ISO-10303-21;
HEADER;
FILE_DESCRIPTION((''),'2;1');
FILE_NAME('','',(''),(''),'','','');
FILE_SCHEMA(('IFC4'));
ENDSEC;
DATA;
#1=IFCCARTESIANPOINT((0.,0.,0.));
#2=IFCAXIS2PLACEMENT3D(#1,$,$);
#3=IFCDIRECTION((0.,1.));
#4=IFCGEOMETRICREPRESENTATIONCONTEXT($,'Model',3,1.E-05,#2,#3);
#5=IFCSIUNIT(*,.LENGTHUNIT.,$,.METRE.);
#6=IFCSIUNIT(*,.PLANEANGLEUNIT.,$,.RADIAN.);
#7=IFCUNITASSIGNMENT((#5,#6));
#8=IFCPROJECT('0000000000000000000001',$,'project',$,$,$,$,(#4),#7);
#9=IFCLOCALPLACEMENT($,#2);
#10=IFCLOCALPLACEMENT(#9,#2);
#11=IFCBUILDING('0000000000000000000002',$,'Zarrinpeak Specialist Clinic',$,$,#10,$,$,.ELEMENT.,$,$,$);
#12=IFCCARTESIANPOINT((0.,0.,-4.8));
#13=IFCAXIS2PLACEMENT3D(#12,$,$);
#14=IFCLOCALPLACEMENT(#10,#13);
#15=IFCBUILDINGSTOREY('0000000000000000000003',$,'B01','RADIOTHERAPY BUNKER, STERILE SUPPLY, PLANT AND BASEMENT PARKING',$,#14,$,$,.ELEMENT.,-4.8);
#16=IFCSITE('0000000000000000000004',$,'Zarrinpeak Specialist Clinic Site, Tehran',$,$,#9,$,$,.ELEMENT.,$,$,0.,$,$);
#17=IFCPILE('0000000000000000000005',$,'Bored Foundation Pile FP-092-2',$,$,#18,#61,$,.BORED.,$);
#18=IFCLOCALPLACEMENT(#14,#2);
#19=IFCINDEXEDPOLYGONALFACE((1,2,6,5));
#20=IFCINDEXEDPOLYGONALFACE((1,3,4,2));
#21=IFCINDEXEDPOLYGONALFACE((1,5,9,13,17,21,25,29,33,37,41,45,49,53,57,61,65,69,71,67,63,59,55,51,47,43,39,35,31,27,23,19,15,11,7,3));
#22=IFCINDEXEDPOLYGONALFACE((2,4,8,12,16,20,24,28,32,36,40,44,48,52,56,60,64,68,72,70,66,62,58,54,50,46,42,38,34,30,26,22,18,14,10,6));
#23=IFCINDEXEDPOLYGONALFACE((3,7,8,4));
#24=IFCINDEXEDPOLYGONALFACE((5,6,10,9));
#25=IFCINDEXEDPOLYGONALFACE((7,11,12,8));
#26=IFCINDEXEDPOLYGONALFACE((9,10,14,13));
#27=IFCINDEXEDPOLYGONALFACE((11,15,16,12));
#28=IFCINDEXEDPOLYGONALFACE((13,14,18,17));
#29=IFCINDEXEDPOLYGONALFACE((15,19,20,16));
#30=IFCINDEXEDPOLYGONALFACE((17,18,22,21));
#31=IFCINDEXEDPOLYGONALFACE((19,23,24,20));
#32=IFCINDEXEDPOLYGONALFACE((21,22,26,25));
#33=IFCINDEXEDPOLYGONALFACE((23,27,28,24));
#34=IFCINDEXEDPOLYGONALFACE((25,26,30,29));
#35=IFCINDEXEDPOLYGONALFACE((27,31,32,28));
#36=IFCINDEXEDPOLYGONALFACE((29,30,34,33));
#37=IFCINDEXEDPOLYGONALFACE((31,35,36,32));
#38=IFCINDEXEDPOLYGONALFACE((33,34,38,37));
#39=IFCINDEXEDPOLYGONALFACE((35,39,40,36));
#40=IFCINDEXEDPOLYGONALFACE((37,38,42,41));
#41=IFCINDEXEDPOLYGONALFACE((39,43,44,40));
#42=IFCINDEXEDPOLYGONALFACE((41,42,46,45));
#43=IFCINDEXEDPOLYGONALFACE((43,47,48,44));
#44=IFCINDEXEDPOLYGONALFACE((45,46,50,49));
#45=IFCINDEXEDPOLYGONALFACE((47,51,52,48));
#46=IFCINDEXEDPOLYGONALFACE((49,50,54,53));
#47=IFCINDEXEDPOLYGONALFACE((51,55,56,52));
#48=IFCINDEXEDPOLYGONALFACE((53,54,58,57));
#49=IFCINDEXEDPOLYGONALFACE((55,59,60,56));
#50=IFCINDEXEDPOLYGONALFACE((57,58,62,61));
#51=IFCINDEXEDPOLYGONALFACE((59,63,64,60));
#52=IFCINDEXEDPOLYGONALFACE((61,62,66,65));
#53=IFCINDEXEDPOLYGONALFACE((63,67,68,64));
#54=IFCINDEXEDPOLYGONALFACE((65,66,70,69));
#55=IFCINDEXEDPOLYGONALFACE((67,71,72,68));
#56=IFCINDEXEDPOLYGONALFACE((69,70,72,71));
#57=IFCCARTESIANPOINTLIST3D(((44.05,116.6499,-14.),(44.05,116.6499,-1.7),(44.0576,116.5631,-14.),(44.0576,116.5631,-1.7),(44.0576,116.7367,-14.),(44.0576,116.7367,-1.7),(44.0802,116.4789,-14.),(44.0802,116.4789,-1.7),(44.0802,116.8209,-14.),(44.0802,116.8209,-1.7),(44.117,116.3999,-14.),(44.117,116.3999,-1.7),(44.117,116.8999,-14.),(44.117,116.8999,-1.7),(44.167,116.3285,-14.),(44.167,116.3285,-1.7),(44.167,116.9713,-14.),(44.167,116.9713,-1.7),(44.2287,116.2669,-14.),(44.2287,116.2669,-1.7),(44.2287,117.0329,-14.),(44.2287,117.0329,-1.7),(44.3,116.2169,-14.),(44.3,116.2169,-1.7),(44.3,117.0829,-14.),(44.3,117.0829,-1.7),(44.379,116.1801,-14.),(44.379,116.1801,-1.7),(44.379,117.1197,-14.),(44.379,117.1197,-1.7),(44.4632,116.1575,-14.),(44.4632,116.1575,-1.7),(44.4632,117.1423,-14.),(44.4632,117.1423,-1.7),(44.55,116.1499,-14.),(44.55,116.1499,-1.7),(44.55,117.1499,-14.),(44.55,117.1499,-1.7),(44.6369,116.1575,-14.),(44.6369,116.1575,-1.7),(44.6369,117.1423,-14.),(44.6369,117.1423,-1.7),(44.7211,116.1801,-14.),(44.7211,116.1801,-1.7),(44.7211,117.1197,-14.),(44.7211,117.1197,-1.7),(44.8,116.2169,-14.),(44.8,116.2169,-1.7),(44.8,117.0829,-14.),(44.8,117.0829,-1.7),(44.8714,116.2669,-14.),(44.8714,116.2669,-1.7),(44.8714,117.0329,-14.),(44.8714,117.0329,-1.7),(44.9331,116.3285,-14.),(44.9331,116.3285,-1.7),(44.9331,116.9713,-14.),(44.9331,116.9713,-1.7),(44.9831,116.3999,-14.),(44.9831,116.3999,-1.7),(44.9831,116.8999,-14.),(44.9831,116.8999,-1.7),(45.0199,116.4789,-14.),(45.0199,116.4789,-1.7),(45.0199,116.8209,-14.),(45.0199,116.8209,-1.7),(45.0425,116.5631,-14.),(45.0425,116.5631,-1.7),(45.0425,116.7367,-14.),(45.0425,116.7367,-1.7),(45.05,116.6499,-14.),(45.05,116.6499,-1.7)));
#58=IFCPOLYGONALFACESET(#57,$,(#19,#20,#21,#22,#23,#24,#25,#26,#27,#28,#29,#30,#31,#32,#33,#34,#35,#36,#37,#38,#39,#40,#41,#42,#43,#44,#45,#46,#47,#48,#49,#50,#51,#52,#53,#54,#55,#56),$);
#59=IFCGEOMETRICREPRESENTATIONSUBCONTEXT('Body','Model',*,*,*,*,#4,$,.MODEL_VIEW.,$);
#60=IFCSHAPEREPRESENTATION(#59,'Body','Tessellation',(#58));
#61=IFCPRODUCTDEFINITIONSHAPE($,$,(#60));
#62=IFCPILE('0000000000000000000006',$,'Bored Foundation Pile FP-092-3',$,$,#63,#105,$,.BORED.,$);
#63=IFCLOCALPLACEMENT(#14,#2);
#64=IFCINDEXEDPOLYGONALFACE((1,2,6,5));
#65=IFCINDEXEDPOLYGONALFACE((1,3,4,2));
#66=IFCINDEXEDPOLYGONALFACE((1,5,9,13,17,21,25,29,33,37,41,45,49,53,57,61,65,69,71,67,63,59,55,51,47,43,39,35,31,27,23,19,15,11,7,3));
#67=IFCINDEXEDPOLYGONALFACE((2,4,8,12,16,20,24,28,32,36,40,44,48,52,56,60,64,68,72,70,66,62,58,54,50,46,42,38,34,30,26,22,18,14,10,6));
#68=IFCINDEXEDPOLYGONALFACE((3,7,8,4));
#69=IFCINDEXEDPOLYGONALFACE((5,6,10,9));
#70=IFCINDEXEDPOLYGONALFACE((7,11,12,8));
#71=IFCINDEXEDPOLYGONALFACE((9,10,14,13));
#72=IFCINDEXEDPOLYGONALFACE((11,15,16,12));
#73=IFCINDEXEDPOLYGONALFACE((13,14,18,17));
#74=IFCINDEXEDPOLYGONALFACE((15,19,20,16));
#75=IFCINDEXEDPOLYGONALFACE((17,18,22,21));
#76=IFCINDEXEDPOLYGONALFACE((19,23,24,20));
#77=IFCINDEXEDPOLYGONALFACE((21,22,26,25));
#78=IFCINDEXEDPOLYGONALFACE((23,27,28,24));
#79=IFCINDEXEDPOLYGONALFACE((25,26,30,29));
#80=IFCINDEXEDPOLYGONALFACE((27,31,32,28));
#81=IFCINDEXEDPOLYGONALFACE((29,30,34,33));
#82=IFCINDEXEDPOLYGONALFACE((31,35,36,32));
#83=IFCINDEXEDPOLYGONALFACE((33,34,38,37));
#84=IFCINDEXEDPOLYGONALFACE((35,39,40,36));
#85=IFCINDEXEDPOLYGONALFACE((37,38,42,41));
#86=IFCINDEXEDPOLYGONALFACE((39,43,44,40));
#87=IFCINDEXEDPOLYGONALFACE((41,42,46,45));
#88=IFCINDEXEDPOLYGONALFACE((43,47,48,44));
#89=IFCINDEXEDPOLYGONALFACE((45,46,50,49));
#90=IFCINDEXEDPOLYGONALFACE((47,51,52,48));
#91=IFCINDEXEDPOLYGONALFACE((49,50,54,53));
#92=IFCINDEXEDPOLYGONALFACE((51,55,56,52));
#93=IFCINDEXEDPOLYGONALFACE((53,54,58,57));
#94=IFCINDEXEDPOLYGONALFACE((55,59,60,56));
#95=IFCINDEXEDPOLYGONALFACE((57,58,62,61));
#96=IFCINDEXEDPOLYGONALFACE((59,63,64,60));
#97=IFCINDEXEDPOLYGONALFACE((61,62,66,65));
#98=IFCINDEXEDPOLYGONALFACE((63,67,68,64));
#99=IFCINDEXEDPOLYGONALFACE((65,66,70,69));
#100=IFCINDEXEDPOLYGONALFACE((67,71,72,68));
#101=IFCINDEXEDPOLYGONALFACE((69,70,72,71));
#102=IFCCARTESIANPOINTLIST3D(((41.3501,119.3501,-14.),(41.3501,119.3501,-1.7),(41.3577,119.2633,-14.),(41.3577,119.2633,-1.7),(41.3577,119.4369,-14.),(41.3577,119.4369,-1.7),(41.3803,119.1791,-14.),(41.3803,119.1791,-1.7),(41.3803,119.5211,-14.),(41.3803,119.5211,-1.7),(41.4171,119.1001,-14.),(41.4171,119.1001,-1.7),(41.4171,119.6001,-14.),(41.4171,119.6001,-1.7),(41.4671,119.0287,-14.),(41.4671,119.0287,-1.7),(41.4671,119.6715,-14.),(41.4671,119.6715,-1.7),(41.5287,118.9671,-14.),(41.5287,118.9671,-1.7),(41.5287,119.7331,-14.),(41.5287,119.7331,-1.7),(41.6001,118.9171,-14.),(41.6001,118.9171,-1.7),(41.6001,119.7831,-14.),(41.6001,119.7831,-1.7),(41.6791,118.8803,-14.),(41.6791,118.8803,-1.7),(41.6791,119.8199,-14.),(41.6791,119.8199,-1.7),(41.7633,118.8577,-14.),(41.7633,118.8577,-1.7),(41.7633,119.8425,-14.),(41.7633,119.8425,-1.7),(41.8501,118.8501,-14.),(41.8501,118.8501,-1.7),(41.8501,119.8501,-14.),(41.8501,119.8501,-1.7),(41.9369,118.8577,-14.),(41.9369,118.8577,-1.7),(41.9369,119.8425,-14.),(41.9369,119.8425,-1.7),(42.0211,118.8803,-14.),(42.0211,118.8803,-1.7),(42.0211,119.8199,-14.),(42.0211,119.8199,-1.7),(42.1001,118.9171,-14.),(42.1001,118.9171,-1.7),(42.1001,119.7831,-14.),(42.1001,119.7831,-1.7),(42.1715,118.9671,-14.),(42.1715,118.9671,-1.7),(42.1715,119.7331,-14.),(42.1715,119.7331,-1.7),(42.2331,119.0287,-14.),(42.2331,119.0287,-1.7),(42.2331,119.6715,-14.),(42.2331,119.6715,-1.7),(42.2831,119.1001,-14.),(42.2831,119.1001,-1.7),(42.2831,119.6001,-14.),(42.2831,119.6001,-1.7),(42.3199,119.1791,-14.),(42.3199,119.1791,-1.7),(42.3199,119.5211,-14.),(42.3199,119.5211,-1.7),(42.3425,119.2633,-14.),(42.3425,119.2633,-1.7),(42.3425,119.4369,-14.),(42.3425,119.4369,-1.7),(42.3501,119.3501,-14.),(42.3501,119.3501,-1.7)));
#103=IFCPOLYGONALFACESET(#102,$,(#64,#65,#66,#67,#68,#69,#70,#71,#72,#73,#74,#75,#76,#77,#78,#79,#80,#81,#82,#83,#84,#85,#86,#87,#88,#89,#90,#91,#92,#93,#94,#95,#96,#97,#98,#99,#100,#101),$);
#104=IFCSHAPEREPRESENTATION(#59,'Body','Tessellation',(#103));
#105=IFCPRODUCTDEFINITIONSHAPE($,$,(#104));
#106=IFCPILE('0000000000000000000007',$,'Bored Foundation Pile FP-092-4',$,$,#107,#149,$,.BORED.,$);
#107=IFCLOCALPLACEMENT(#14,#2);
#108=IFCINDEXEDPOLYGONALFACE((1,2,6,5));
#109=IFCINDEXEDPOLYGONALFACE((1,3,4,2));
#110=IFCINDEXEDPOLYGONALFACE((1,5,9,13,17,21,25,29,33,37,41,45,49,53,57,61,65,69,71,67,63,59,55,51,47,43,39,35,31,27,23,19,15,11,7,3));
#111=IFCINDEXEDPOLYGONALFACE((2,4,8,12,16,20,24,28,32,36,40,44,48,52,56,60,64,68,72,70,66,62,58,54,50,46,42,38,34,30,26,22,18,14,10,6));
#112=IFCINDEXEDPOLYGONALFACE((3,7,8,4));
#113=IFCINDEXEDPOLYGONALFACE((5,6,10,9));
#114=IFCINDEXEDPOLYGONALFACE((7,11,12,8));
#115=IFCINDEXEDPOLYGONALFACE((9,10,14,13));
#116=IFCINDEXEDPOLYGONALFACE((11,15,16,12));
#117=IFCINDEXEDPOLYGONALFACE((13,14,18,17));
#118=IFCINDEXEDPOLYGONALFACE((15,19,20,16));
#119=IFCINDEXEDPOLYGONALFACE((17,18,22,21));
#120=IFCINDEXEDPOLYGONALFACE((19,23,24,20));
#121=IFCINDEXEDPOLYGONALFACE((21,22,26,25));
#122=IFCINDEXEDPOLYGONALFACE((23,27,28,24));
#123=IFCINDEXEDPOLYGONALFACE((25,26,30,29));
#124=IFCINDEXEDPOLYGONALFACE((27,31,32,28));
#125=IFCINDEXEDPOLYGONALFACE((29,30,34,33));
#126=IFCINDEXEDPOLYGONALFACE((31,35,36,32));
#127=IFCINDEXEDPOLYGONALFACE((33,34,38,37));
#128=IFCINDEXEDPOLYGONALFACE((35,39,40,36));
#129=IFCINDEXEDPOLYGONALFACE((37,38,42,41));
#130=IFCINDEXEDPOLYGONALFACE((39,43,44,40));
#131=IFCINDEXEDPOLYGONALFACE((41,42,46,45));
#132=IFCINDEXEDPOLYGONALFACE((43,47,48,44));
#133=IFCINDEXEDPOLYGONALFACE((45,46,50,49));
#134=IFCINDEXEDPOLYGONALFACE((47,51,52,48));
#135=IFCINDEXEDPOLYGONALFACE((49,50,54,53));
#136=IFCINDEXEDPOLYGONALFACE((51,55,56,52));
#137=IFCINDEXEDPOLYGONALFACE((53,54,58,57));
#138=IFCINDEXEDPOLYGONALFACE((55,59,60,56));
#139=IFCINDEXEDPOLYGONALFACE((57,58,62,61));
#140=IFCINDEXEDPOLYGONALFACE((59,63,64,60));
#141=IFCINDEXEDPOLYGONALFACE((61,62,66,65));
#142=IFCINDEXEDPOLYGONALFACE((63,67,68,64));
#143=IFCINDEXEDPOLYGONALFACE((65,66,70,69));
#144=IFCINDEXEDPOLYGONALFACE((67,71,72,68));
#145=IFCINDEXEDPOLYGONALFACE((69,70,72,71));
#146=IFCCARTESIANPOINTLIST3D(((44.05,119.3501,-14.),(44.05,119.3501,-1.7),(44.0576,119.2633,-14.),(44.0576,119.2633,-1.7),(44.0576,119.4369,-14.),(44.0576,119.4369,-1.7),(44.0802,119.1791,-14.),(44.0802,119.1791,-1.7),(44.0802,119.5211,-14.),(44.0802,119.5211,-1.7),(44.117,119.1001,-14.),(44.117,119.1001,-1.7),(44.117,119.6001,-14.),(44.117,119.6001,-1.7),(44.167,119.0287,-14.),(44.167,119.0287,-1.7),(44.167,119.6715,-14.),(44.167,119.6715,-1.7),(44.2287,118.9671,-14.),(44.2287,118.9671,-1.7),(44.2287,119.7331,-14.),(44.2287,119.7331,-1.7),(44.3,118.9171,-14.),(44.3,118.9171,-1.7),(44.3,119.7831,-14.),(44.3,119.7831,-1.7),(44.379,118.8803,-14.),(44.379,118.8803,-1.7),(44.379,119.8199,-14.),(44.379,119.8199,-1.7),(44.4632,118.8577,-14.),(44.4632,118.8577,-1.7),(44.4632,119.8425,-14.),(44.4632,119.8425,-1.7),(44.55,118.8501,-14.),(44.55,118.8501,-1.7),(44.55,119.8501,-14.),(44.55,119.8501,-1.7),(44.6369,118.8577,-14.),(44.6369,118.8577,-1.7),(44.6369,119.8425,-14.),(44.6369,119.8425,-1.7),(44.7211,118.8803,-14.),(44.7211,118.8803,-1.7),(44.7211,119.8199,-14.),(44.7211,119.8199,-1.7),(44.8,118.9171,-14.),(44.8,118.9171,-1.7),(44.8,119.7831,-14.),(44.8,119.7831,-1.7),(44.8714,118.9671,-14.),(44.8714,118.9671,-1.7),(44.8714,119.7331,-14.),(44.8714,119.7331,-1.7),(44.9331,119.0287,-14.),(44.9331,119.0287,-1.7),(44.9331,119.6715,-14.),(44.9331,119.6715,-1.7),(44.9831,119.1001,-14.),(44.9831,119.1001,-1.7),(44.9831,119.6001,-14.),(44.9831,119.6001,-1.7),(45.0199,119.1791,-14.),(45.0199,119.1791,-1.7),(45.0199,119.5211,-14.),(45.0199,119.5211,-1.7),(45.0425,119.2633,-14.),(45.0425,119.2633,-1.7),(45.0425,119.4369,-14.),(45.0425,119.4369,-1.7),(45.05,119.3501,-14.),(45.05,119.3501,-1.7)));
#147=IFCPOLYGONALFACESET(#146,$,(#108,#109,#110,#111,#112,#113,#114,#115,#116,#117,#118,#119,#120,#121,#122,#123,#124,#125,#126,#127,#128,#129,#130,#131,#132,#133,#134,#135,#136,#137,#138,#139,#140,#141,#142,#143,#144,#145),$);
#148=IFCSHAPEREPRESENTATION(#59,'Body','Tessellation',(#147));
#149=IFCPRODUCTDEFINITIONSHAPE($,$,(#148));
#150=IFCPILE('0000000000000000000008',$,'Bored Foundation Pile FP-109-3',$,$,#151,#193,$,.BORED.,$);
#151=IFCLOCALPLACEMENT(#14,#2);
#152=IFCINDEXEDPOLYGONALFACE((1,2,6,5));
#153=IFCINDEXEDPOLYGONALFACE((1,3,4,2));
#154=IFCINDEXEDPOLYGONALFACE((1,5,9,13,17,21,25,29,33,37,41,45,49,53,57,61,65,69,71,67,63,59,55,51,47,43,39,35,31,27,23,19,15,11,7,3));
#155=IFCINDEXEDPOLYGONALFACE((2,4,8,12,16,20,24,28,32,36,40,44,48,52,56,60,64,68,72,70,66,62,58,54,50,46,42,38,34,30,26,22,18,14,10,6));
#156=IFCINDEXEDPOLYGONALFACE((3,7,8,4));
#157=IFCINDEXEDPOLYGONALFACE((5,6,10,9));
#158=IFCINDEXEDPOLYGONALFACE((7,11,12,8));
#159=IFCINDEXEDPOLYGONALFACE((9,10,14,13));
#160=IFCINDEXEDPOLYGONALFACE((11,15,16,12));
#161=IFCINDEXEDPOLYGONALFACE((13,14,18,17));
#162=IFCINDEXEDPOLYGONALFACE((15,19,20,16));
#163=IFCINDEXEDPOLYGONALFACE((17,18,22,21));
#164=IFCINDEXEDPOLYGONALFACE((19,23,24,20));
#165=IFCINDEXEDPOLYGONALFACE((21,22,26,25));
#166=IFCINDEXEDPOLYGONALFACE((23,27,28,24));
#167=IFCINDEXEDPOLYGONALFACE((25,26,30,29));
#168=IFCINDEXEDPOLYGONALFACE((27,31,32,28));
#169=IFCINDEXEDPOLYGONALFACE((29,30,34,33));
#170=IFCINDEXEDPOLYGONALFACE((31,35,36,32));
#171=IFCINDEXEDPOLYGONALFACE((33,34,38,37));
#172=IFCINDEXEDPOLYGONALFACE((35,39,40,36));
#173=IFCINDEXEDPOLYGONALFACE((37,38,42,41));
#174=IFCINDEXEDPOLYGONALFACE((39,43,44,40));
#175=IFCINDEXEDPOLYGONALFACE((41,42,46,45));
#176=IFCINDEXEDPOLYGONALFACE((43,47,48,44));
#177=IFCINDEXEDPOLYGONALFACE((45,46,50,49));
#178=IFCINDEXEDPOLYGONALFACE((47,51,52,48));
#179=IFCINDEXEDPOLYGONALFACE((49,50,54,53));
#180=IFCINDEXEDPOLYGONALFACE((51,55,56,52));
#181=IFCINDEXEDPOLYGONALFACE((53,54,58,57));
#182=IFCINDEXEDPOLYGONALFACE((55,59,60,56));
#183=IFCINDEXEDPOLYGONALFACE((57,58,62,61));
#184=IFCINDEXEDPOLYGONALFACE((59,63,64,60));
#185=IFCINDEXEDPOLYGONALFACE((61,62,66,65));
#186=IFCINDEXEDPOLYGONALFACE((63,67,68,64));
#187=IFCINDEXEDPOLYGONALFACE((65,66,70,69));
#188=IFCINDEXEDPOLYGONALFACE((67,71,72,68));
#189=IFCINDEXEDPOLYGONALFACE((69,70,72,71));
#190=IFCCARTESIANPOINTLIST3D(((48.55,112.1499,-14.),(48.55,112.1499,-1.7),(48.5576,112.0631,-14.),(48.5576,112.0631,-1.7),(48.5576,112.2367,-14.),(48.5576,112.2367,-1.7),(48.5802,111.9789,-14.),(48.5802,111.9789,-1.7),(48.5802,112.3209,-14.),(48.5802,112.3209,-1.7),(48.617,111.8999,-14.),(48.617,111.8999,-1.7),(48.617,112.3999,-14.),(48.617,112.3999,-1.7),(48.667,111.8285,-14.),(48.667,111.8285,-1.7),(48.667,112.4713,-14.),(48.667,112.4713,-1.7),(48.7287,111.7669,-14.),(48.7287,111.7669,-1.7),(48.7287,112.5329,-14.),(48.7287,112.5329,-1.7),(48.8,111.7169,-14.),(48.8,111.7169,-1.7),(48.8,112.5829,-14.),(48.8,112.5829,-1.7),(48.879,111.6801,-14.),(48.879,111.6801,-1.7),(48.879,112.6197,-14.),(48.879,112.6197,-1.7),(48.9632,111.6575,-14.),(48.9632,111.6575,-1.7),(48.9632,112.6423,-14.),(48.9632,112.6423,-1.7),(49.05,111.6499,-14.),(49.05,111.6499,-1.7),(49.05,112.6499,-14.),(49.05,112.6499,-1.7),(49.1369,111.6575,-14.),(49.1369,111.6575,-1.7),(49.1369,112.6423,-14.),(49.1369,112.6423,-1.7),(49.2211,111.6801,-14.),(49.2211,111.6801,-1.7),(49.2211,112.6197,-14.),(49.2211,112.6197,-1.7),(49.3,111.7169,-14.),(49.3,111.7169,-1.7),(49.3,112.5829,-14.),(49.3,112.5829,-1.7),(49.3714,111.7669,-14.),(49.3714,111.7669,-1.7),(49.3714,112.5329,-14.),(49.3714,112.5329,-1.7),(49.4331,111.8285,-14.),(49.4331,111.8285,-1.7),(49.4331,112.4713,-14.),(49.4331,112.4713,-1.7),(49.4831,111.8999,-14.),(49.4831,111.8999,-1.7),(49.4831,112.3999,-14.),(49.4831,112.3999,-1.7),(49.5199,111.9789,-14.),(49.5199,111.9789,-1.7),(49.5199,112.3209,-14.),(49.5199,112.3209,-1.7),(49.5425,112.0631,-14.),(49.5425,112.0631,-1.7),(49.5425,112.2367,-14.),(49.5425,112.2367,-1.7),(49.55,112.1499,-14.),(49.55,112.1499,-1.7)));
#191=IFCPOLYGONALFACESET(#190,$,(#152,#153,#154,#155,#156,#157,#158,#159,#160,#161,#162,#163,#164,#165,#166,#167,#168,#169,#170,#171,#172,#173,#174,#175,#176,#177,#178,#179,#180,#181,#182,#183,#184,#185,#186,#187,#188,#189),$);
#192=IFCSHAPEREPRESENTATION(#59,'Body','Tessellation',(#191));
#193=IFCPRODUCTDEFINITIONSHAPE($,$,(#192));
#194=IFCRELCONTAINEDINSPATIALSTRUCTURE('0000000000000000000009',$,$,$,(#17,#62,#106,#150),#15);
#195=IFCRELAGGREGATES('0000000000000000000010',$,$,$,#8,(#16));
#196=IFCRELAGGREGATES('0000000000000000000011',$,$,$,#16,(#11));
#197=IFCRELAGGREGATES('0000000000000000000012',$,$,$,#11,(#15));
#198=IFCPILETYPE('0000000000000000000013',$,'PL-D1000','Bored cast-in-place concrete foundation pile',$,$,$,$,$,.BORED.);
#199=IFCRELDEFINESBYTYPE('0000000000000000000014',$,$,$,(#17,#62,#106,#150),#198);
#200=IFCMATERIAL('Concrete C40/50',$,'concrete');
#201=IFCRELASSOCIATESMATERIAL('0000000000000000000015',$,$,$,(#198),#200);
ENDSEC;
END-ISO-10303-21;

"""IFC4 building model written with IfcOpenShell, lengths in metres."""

from ifc_helpers import new_model, si_unit, direction, frame, origin, origin_2d, place, context, subcontext, project, spatial, circle, extrude, material, material_profile, profile_set, type_object, element, save


model = new_model("IFC4")

# Units and contexts
model_context = context("Model", 3, precision=1e-05, world=origin(), true_north=direction((0.0, 1.0)))
body_context = subcontext(model_context, "Body", "Model", "MODEL_VIEW")
ifc_project = project(units=[si_unit("LENGTHUNIT", "METRE"), si_unit("PLANEANGLEUNIT", "RADIAN")], contexts=[model_context])

# Site, building, storey
site_placement = place(None, origin())
site = spatial("IfcSite", under=ifc_project, at=site_placement, Name="Zarrinpeak Specialist Clinic Site, Tehran", CompositionType="ELEMENT", RefElevation=0.0)
building_placement = place(site_placement, origin())
building = spatial("IfcBuilding", under=site, at=building_placement, Name="Zarrinpeak Specialist Clinic", CompositionType="ELEMENT")
storey_placement = place(building_placement, frame((0.0, 0.0, -4.8)))
storey = spatial("IfcBuildingStorey", under=building, at=storey_placement, Name="B01", Description="RADIOTHERAPY BUNKER, STERILE SUPPLY, PLANT AND BASEMENT PARKING", CompositionType="ELEMENT", Elevation=-4.8)

# Shared definitions
ifc_material_1 = material(Name="Concrete C40/50", Category="concrete")

# Piles
ifc_material_profile_1 = material_profile(ifc_material_1, circle(Radius=0.5, at=origin_2d()), Name="BORED PILE D1000")
ifc_profile_set_1 = profile_set([ifc_material_profile_1], Name="Concrete C40/50")
pile_type = type_object("IfcPileType", Name="PL-D1000", Description="Bored cast-in-place concrete foundation pile", PredefinedType="BORED", material=ifc_profile_set_1)
for number, where, z_axis, x_axis, name in (
    (1, (44.55, 116.6499, -1.7), (0.0, 0.0, -1.0), (1.0, 0.0, 0.0), "Bored Foundation Pile FP-092-2"),
    (2, (41.8501, 119.3501, -1.7), (0.0, 0.0, -1.0), (1.0, 0.0, 0.0), "Bored Foundation Pile FP-092-3"),
    (3, (44.55, 119.3501, -1.7), (0.0, 0.0, -1.0), (1.0, 0.0, 0.0), "Bored Foundation Pile FP-092-4"),
    (4, (49.05, 112.1499, -1.7), (0.0, 0.0, -1.0), (1.0, 0.0, 0.0), "Bored Foundation Pile FP-109-3"),
):
    element("IfcPile", number, at=place(storey_placement, frame(where, z_axis=z_axis, x_axis=x_axis)), inside=storey, type_object=pile_type, Name=name, PredefinedType="BORED", context=body_context, shape_type="SweptSolid", body=[
        extrude(circle(Radius=0.5, at=origin_2d()), origin(), (0.0, 0.0, 1.0), 12.3),
    ])

save(model, "model.ifc")
